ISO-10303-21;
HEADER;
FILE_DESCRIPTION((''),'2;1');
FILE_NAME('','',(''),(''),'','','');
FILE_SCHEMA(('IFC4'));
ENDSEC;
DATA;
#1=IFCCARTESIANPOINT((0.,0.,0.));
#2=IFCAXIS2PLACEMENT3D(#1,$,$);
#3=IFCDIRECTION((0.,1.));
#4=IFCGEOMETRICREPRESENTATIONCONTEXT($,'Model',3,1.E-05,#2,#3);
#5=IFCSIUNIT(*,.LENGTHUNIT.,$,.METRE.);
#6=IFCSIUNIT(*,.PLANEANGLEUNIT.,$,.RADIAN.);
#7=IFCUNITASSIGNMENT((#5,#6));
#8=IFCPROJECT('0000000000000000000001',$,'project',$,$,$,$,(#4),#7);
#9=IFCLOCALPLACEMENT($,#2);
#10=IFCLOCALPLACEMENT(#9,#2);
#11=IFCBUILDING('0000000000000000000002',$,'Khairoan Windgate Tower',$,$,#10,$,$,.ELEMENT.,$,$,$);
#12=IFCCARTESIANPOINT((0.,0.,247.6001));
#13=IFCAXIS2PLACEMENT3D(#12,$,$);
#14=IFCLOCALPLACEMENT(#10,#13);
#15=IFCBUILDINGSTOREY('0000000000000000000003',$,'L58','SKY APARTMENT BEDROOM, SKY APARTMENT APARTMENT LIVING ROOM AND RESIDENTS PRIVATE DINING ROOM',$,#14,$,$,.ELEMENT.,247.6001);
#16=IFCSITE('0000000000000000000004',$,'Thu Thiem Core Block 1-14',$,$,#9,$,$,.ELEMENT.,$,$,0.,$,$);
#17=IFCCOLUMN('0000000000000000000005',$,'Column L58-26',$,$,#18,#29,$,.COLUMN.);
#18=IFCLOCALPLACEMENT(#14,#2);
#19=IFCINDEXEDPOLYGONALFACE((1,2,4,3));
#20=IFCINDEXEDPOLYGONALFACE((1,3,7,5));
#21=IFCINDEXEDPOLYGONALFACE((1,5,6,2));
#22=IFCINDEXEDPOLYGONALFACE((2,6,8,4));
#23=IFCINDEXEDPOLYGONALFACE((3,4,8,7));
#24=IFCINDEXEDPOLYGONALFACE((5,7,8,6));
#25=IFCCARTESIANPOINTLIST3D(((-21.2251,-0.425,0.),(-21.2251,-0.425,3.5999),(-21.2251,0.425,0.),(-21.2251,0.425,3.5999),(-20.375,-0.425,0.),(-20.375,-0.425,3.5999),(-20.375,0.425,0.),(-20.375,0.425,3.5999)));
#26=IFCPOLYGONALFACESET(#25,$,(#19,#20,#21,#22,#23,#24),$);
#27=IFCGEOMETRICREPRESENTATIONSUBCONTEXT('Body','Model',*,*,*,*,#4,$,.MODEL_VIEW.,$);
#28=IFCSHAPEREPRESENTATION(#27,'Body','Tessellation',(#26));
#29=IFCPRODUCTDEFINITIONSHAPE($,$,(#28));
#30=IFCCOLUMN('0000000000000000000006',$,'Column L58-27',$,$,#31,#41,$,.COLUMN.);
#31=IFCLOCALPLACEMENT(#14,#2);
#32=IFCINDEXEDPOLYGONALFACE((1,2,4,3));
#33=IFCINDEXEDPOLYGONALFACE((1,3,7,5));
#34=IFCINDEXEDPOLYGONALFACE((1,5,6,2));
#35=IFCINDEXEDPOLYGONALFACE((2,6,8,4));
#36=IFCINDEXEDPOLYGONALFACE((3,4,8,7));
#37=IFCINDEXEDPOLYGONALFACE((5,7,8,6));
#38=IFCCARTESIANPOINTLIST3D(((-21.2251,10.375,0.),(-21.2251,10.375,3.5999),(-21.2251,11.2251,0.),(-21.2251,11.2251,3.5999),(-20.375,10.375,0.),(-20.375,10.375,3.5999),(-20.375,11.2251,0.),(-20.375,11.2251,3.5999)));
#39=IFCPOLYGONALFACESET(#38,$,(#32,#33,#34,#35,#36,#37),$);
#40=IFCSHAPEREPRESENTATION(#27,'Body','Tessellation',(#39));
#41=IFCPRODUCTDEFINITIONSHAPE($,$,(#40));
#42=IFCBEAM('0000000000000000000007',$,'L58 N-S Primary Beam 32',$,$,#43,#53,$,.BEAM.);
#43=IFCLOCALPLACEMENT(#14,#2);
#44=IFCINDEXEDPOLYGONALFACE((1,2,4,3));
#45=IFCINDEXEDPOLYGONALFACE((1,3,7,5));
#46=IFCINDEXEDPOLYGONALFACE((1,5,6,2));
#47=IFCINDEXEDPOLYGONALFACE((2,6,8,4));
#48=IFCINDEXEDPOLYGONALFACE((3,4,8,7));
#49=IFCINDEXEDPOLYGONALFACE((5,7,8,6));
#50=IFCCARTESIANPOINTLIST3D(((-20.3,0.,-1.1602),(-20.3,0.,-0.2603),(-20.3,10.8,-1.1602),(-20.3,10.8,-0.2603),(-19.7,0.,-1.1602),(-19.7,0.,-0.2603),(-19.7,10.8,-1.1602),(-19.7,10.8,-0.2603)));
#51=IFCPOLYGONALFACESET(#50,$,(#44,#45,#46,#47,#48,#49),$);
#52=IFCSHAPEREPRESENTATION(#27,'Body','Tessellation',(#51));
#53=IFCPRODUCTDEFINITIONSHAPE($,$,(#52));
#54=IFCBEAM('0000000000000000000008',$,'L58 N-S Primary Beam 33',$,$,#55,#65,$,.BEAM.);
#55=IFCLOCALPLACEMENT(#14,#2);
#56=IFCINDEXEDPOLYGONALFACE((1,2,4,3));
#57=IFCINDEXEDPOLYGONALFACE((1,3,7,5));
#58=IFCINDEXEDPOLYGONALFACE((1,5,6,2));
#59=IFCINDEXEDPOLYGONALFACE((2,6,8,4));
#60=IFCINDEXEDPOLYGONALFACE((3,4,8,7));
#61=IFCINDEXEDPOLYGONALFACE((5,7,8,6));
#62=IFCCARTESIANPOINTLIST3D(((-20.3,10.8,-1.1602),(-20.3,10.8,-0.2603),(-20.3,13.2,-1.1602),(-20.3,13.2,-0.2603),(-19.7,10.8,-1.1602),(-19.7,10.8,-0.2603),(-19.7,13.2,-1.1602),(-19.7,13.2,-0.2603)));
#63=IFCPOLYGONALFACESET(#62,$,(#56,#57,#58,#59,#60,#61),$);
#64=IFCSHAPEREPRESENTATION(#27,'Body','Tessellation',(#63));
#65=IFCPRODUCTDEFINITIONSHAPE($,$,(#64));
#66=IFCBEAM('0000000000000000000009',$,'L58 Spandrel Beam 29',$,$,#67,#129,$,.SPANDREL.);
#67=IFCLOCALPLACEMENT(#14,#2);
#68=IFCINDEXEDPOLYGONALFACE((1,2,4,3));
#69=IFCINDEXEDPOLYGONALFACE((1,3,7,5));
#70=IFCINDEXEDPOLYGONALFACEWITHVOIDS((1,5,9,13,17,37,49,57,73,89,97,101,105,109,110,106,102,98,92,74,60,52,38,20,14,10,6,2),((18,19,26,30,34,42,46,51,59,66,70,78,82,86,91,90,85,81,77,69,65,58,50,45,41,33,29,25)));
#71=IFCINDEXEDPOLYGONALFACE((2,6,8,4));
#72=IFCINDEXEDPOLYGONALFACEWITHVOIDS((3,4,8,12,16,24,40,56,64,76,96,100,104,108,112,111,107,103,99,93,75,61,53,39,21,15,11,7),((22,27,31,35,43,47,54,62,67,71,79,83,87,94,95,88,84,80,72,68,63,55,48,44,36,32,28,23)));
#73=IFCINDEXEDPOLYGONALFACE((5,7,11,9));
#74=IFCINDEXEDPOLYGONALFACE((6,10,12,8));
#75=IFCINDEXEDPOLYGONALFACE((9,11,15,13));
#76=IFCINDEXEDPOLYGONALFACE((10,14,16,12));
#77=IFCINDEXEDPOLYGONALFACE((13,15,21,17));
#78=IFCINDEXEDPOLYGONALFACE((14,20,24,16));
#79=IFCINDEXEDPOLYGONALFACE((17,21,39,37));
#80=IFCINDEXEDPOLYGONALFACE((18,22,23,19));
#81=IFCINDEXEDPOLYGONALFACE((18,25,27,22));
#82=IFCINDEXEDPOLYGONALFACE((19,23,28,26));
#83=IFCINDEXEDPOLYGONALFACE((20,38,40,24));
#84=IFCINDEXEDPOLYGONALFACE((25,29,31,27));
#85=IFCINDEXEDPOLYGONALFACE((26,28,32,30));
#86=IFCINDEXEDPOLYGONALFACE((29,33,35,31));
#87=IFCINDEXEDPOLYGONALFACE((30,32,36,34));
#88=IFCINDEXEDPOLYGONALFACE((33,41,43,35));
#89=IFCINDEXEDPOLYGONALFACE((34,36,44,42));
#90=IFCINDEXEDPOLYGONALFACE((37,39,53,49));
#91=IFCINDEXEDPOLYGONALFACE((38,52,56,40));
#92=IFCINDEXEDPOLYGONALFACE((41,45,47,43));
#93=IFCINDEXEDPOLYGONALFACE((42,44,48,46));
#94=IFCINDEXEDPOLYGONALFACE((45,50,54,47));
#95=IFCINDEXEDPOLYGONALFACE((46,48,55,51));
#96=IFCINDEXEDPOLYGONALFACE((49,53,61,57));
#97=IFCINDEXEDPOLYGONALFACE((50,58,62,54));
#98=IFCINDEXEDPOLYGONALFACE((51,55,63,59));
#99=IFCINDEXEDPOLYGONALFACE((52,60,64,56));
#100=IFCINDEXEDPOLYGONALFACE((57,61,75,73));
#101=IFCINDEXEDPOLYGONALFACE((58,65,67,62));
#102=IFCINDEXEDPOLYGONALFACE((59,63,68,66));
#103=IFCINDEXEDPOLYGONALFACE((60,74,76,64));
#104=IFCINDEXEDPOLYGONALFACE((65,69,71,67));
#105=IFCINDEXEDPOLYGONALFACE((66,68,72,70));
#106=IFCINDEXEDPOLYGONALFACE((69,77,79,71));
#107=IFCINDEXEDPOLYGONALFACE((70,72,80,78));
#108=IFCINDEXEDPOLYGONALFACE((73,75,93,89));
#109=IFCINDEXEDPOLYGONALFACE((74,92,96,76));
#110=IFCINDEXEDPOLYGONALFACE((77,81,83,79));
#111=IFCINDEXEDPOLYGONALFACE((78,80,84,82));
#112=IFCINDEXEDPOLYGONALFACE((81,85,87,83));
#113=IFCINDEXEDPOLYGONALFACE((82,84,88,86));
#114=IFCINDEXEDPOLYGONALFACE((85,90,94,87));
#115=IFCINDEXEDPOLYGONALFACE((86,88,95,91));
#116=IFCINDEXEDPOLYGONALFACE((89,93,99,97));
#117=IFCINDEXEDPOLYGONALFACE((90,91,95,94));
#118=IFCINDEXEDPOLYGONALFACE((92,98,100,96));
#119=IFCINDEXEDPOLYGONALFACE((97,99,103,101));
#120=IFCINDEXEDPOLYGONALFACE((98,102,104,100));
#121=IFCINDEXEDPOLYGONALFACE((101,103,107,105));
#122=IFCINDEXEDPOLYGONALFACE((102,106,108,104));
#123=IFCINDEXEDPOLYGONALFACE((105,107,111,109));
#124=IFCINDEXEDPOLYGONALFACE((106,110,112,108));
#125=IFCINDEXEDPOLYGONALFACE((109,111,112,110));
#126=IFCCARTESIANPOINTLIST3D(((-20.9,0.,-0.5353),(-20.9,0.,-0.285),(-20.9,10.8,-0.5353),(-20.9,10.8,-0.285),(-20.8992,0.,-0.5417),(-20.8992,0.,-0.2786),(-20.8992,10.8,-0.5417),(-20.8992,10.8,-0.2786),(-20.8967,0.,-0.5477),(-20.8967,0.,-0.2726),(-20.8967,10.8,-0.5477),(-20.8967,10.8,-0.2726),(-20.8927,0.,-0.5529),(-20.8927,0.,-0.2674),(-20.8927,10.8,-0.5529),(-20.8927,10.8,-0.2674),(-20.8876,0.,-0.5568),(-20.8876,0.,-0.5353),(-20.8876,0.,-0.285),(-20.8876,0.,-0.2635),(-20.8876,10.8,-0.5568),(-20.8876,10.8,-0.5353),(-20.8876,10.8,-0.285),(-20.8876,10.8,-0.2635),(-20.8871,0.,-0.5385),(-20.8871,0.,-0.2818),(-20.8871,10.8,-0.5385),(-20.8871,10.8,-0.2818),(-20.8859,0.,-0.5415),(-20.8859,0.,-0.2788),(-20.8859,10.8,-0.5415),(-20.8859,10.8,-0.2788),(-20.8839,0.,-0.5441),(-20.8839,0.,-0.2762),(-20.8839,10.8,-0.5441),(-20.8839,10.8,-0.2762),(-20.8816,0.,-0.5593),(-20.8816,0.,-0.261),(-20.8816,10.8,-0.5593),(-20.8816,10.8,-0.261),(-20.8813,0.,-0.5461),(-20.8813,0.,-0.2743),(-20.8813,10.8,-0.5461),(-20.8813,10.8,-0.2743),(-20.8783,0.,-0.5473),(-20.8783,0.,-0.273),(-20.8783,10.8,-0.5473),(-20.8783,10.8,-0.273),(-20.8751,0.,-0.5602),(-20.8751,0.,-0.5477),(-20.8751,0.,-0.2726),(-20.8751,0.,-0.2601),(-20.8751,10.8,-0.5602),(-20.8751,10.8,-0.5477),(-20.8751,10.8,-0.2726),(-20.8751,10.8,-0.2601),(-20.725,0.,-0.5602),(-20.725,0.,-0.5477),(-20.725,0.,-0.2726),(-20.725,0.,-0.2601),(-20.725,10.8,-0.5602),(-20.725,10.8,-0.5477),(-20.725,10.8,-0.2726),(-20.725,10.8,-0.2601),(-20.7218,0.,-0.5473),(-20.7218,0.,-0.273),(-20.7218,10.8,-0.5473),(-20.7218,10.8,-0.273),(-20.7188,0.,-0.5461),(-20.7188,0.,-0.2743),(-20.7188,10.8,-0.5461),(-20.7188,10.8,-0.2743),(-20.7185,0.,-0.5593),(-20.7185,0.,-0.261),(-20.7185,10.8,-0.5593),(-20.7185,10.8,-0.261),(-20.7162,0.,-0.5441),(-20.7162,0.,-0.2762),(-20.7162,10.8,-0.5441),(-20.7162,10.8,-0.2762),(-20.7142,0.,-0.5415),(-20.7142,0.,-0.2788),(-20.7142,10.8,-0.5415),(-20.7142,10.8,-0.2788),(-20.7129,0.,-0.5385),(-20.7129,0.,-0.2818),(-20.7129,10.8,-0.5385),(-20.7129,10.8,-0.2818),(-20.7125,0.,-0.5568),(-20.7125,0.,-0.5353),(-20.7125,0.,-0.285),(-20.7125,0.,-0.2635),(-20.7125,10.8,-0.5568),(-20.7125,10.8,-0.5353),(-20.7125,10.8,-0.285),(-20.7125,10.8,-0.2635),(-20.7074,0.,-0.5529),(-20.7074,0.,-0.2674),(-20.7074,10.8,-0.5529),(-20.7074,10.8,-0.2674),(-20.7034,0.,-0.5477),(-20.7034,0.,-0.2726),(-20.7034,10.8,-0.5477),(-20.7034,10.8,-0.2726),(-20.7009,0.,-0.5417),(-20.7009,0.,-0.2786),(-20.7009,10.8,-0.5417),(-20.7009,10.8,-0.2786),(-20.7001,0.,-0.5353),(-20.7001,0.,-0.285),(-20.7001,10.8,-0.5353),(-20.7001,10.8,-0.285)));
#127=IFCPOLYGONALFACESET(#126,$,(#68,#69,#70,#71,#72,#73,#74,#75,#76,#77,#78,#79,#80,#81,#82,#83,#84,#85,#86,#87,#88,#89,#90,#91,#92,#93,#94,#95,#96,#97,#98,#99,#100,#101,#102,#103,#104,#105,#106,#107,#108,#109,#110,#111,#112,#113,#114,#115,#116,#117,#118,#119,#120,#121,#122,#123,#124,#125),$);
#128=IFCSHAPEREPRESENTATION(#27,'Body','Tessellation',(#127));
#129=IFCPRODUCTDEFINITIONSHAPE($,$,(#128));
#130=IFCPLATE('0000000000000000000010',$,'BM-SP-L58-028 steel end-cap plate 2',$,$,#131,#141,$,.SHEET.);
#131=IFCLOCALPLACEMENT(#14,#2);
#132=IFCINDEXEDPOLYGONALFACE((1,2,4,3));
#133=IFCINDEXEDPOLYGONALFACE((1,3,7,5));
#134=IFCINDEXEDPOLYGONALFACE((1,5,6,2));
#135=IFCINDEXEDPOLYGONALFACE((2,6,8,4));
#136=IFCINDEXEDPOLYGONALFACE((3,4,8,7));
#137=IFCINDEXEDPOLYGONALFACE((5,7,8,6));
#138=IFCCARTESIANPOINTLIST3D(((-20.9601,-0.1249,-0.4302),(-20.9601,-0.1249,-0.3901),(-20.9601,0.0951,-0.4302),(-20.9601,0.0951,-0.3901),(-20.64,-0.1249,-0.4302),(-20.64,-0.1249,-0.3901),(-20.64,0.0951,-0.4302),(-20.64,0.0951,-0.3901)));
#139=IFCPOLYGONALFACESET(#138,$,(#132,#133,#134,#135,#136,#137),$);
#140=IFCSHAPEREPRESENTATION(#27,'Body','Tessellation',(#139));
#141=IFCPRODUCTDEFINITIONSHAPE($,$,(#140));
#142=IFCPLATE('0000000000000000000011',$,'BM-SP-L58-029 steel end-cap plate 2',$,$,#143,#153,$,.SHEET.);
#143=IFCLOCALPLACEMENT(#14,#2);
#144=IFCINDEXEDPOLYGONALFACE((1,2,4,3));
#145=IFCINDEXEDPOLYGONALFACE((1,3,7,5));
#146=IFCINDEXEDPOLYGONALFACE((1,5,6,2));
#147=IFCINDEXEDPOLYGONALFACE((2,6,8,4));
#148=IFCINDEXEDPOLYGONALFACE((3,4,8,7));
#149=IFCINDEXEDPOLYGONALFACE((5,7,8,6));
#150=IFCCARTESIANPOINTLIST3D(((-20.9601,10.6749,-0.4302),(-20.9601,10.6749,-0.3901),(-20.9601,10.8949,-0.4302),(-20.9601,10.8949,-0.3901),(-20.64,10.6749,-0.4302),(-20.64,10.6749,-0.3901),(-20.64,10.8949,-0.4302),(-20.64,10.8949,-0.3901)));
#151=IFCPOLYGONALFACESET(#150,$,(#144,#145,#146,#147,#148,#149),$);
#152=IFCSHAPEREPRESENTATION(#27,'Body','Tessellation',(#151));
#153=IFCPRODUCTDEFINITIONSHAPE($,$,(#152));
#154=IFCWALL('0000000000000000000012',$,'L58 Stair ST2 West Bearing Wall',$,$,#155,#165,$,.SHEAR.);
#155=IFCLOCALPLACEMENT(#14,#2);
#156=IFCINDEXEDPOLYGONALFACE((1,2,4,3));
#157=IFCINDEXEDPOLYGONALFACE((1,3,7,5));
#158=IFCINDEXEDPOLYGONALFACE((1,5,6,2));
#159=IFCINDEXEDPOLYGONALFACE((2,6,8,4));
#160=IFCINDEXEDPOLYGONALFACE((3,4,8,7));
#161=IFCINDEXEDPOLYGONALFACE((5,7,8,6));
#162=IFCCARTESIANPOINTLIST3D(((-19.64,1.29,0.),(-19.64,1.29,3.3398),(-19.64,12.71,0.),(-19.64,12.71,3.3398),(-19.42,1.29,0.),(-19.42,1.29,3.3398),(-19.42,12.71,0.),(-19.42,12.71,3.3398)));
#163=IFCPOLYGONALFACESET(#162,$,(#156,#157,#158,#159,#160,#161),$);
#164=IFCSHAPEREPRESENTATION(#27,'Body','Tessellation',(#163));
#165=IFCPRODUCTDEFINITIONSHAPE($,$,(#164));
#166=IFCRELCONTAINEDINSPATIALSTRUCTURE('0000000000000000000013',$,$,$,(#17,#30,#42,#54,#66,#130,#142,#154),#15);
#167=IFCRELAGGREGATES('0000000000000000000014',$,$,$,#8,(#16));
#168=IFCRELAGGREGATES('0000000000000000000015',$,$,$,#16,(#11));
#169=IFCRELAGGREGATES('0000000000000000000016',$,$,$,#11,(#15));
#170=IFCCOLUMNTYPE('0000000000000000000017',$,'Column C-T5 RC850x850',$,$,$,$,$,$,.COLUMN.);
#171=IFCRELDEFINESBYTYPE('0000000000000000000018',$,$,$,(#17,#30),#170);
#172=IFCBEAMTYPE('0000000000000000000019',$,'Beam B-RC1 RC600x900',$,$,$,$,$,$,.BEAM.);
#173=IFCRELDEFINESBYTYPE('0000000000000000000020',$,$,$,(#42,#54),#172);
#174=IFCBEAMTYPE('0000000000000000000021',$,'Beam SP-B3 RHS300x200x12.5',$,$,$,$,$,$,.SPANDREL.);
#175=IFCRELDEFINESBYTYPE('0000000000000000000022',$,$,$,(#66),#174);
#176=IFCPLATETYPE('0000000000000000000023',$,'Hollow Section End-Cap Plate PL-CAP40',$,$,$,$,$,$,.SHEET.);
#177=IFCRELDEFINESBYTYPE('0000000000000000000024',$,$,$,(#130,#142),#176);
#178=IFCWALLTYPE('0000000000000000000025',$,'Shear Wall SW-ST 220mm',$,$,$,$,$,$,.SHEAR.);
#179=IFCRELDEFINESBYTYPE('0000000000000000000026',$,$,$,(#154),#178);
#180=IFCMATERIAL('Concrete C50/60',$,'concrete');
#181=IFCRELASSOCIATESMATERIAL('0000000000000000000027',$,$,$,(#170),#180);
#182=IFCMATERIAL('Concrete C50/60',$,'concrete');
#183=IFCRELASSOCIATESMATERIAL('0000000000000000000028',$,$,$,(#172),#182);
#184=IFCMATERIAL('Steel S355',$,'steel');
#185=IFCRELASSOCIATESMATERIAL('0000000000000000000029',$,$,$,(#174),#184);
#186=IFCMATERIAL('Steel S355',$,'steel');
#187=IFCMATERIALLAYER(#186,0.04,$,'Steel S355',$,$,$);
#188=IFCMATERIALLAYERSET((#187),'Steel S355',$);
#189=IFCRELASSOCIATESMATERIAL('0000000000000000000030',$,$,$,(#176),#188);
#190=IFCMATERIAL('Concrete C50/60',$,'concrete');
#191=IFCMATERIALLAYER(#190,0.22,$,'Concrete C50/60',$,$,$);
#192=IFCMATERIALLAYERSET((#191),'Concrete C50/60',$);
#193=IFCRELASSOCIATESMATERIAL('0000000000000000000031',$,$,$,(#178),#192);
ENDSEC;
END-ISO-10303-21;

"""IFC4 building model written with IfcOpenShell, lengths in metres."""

from ifc_helpers import new_model, si_unit, direction, frame, frame_2d, origin, origin_2d, place, context, subcontext, project, spatial, rectangle, hollow_rectangle, extrude, material, layer, layer_set, material_profile, profile_set, type_object, element, save


model = new_model("IFC4")

# Units and contexts
model_context = context("Model", 3, precision=1e-05, world=origin(), true_north=direction((0.0, 1.0)))
body_context = subcontext(model_context, "Body", "Model", "MODEL_VIEW")
ifc_project = project(units=[si_unit("LENGTHUNIT", "METRE"), si_unit("PLANEANGLEUNIT", "RADIAN")], contexts=[model_context])

# Site, building, storey
site_placement = place(None, origin())
site = spatial("IfcSite", under=ifc_project, at=site_placement, Name="Thu Thiem Core Block 1-14", CompositionType="ELEMENT", RefElevation=0.0)
building_placement = place(site_placement, origin())
building = spatial("IfcBuilding", under=site, at=building_placement, Name="Khairoan Windgate Tower", CompositionType="ELEMENT")
storey_placement = place(building_placement, frame((0.0, 0.0, 247.6001)))
storey = spatial("IfcBuildingStorey", under=building, at=storey_placement, Name="L58", Description="SKY APARTMENT BEDROOM, SKY APARTMENT APARTMENT LIVING ROOM AND RESIDENTS PRIVATE DINING ROOM", CompositionType="ELEMENT", Elevation=247.6001)

# Columns
ifc_material_1 = material(Name="Concrete C50/60", Category="concrete")
ifc_material_profile_1 = material_profile(ifc_material_1, rectangle(XDim=0.8501, YDim=0.8501, at=origin_2d()))
ifc_profile_set_1 = profile_set([ifc_material_profile_1], Name="Concrete C50/60")
column_type = type_object("IfcColumnType", Name="Column C-T5 RC850x850", PredefinedType="COLUMN", material=ifc_profile_set_1)
for number, where, z_axis, x_axis, name in (
    (1, (-20.8, 0.0, 0.0), (0.0, 0.0, 1.0), (1.0, 0.0, 0.0), "Column L58-26"),
    (2, (-20.8, 10.8, 0.0), (0.0, 0.0, 1.0), (1.0, 0.0, 0.0), "Column L58-27"),
):
    element("IfcColumn", number, at=place(storey_placement, frame(where, z_axis=z_axis, x_axis=x_axis)), inside=storey, type_object=column_type, Name=name, PredefinedType="COLUMN", context=body_context, shape_type="SweptSolid", body=[
        extrude(rectangle(XDim=0.8501, YDim=0.8501, at=origin_2d()), origin(), (0.0, 0.0, 1.0), 3.5999),
    ])

# Beams
ifc_material_2 = material(Name="Concrete C50/60", Category="concrete")
ifc_material_profile_2 = material_profile(ifc_material_2, rectangle(XDim=0.6001, YDim=0.8999, at=origin_2d()))
ifc_profile_set_2 = profile_set([ifc_material_profile_2], Name="Concrete C50/60")
beam_type_1 = type_object("IfcBeamType", Name="Beam B-RC1 RC600x900", PredefinedType="BEAM", material=ifc_profile_set_2)
beam_1_placement = place(storey_placement, frame((-20.0, 0.0, -0.7102), z_axis=(0.0, 1.0, 0.0), x_axis=(-1.0, 0.0, 0.0)))
element("IfcBeam", 3, at=beam_1_placement, inside=storey, type_object=beam_type_1, Name="L58 N-S Primary Beam 32", PredefinedType="BEAM", context=body_context, shape_type="SweptSolid", body=[
    extrude(rectangle(XDim=0.6001, YDim=0.8999, at=origin_2d()), origin(), (0.0, 0.0, 1.0), 10.8),
])
beam_2_placement = place(storey_placement, frame((-20.0, 10.8, -0.7102), z_axis=(0.0, 1.0, 0.0), x_axis=(-1.0, 0.0, 0.0)))
element("IfcBeam", 4, at=beam_2_placement, inside=storey, type_object=beam_type_1, Name="L58 N-S Primary Beam 33", PredefinedType="BEAM", context=body_context, shape_type="SweptSolid", body=[
    extrude(rectangle(XDim=0.6001, YDim=0.8999, at=origin_2d()), origin(), (0.0, 0.0, 1.0), 2.3999),
])
ifc_material_3 = material(Name="Steel S355", Category="steel")
ifc_material_profile_3 = material_profile(ifc_material_3, hollow_rectangle(XDim=0.2, YDim=0.3, WallThickness=0.0125, InnerFilletRadius=0.0125, OuterFilletRadius=0.0249, at=origin_2d()))
ifc_profile_set_3 = profile_set([ifc_material_profile_3], Name="Steel S355")
beam_type_2 = type_object("IfcBeamType", Name="Beam SP-B3 RHS300x200x12.5", PredefinedType="SPANDREL", material=ifc_profile_set_3)
beam_3_placement = place(storey_placement, frame((-20.8, 0.0, -0.4102), z_axis=(0.0, 1.0, 0.0), x_axis=(-1.0, 0.0, 0.0)))
element("IfcBeam", 5, at=beam_3_placement, inside=storey, type_object=beam_type_2, Name="L58 Spandrel Beam 29", PredefinedType="SPANDREL", context=body_context, shape_type="SweptSolid", body=[
    extrude(hollow_rectangle(XDim=0.2, YDim=0.3, WallThickness=0.0125, InnerFilletRadius=0.0125, OuterFilletRadius=0.0249, at=origin_2d()), origin(), (0.0, 0.0, 1.0), 10.8),
])

# Plates
ifc_material_4 = material(Name="Steel S355", Category="steel")
ifc_layer_1 = layer(ifc_material_4, 0.04, Name="Steel S355")
ifc_layer_set_1 = layer_set([ifc_layer_1], Name="Steel S355")
plate_type = type_object("IfcPlateType", Name="Hollow Section End-Cap Plate PL-CAP40", PredefinedType="SHEET", material=ifc_layer_set_1)
for number, where, z_axis, x_axis, name in (
    (6, (-20.8, -0.0149, -0.4302), (0.0, 0.0, 1.0), (0.0, 1.0, 0.0), "BM-SP-L58-028 steel end-cap plate 2"),
    (7, (-20.8, 10.7849, -0.4302), (0.0, 0.0, 1.0), (0.0, 1.0, 0.0), "BM-SP-L58-029 steel end-cap plate 2"),
):
    element("IfcPlate", number, at=place(storey_placement, frame(where, z_axis=z_axis, x_axis=x_axis)), inside=storey, type_object=plate_type, Name=name, PredefinedType="SHEET", context=body_context, shape_type="SweptSolid", body=[
        extrude(rectangle(XDim=0.22, YDim=0.3201, at=origin_2d()), origin(), (0.0, 0.0, 1.0), 0.04),
    ])

# Wall
ifc_material_5 = material(Name="Concrete C50/60", Category="concrete")
ifc_layer_2 = layer(ifc_material_5, 0.22, Name="Concrete C50/60")
ifc_layer_set_2 = layer_set([ifc_layer_2], Name="Concrete C50/60")
wall_type = type_object("IfcWallType", Name="Shear Wall SW-ST 220mm", PredefinedType="SHEAR", material=ifc_layer_set_2)
wall_1_placement = place(storey_placement, frame((-19.53, 1.29, 0.0), z_axis=(0.0, 0.0, 1.0), x_axis=(0.0, 1.0, 0.0)))
element("IfcWall", 8, at=wall_1_placement, inside=storey, type_object=wall_type, Name="L58 Stair ST2 West Bearing Wall", PredefinedType="SHEAR", context=body_context, shape_type="SweptSolid", body=[
    extrude(rectangle(XDim=11.4199, YDim=0.22, at=frame_2d((5.71, 0.0))), origin(), (0.0, 0.0, 1.0), 3.3398),
])

save(model, "model.ifc")
